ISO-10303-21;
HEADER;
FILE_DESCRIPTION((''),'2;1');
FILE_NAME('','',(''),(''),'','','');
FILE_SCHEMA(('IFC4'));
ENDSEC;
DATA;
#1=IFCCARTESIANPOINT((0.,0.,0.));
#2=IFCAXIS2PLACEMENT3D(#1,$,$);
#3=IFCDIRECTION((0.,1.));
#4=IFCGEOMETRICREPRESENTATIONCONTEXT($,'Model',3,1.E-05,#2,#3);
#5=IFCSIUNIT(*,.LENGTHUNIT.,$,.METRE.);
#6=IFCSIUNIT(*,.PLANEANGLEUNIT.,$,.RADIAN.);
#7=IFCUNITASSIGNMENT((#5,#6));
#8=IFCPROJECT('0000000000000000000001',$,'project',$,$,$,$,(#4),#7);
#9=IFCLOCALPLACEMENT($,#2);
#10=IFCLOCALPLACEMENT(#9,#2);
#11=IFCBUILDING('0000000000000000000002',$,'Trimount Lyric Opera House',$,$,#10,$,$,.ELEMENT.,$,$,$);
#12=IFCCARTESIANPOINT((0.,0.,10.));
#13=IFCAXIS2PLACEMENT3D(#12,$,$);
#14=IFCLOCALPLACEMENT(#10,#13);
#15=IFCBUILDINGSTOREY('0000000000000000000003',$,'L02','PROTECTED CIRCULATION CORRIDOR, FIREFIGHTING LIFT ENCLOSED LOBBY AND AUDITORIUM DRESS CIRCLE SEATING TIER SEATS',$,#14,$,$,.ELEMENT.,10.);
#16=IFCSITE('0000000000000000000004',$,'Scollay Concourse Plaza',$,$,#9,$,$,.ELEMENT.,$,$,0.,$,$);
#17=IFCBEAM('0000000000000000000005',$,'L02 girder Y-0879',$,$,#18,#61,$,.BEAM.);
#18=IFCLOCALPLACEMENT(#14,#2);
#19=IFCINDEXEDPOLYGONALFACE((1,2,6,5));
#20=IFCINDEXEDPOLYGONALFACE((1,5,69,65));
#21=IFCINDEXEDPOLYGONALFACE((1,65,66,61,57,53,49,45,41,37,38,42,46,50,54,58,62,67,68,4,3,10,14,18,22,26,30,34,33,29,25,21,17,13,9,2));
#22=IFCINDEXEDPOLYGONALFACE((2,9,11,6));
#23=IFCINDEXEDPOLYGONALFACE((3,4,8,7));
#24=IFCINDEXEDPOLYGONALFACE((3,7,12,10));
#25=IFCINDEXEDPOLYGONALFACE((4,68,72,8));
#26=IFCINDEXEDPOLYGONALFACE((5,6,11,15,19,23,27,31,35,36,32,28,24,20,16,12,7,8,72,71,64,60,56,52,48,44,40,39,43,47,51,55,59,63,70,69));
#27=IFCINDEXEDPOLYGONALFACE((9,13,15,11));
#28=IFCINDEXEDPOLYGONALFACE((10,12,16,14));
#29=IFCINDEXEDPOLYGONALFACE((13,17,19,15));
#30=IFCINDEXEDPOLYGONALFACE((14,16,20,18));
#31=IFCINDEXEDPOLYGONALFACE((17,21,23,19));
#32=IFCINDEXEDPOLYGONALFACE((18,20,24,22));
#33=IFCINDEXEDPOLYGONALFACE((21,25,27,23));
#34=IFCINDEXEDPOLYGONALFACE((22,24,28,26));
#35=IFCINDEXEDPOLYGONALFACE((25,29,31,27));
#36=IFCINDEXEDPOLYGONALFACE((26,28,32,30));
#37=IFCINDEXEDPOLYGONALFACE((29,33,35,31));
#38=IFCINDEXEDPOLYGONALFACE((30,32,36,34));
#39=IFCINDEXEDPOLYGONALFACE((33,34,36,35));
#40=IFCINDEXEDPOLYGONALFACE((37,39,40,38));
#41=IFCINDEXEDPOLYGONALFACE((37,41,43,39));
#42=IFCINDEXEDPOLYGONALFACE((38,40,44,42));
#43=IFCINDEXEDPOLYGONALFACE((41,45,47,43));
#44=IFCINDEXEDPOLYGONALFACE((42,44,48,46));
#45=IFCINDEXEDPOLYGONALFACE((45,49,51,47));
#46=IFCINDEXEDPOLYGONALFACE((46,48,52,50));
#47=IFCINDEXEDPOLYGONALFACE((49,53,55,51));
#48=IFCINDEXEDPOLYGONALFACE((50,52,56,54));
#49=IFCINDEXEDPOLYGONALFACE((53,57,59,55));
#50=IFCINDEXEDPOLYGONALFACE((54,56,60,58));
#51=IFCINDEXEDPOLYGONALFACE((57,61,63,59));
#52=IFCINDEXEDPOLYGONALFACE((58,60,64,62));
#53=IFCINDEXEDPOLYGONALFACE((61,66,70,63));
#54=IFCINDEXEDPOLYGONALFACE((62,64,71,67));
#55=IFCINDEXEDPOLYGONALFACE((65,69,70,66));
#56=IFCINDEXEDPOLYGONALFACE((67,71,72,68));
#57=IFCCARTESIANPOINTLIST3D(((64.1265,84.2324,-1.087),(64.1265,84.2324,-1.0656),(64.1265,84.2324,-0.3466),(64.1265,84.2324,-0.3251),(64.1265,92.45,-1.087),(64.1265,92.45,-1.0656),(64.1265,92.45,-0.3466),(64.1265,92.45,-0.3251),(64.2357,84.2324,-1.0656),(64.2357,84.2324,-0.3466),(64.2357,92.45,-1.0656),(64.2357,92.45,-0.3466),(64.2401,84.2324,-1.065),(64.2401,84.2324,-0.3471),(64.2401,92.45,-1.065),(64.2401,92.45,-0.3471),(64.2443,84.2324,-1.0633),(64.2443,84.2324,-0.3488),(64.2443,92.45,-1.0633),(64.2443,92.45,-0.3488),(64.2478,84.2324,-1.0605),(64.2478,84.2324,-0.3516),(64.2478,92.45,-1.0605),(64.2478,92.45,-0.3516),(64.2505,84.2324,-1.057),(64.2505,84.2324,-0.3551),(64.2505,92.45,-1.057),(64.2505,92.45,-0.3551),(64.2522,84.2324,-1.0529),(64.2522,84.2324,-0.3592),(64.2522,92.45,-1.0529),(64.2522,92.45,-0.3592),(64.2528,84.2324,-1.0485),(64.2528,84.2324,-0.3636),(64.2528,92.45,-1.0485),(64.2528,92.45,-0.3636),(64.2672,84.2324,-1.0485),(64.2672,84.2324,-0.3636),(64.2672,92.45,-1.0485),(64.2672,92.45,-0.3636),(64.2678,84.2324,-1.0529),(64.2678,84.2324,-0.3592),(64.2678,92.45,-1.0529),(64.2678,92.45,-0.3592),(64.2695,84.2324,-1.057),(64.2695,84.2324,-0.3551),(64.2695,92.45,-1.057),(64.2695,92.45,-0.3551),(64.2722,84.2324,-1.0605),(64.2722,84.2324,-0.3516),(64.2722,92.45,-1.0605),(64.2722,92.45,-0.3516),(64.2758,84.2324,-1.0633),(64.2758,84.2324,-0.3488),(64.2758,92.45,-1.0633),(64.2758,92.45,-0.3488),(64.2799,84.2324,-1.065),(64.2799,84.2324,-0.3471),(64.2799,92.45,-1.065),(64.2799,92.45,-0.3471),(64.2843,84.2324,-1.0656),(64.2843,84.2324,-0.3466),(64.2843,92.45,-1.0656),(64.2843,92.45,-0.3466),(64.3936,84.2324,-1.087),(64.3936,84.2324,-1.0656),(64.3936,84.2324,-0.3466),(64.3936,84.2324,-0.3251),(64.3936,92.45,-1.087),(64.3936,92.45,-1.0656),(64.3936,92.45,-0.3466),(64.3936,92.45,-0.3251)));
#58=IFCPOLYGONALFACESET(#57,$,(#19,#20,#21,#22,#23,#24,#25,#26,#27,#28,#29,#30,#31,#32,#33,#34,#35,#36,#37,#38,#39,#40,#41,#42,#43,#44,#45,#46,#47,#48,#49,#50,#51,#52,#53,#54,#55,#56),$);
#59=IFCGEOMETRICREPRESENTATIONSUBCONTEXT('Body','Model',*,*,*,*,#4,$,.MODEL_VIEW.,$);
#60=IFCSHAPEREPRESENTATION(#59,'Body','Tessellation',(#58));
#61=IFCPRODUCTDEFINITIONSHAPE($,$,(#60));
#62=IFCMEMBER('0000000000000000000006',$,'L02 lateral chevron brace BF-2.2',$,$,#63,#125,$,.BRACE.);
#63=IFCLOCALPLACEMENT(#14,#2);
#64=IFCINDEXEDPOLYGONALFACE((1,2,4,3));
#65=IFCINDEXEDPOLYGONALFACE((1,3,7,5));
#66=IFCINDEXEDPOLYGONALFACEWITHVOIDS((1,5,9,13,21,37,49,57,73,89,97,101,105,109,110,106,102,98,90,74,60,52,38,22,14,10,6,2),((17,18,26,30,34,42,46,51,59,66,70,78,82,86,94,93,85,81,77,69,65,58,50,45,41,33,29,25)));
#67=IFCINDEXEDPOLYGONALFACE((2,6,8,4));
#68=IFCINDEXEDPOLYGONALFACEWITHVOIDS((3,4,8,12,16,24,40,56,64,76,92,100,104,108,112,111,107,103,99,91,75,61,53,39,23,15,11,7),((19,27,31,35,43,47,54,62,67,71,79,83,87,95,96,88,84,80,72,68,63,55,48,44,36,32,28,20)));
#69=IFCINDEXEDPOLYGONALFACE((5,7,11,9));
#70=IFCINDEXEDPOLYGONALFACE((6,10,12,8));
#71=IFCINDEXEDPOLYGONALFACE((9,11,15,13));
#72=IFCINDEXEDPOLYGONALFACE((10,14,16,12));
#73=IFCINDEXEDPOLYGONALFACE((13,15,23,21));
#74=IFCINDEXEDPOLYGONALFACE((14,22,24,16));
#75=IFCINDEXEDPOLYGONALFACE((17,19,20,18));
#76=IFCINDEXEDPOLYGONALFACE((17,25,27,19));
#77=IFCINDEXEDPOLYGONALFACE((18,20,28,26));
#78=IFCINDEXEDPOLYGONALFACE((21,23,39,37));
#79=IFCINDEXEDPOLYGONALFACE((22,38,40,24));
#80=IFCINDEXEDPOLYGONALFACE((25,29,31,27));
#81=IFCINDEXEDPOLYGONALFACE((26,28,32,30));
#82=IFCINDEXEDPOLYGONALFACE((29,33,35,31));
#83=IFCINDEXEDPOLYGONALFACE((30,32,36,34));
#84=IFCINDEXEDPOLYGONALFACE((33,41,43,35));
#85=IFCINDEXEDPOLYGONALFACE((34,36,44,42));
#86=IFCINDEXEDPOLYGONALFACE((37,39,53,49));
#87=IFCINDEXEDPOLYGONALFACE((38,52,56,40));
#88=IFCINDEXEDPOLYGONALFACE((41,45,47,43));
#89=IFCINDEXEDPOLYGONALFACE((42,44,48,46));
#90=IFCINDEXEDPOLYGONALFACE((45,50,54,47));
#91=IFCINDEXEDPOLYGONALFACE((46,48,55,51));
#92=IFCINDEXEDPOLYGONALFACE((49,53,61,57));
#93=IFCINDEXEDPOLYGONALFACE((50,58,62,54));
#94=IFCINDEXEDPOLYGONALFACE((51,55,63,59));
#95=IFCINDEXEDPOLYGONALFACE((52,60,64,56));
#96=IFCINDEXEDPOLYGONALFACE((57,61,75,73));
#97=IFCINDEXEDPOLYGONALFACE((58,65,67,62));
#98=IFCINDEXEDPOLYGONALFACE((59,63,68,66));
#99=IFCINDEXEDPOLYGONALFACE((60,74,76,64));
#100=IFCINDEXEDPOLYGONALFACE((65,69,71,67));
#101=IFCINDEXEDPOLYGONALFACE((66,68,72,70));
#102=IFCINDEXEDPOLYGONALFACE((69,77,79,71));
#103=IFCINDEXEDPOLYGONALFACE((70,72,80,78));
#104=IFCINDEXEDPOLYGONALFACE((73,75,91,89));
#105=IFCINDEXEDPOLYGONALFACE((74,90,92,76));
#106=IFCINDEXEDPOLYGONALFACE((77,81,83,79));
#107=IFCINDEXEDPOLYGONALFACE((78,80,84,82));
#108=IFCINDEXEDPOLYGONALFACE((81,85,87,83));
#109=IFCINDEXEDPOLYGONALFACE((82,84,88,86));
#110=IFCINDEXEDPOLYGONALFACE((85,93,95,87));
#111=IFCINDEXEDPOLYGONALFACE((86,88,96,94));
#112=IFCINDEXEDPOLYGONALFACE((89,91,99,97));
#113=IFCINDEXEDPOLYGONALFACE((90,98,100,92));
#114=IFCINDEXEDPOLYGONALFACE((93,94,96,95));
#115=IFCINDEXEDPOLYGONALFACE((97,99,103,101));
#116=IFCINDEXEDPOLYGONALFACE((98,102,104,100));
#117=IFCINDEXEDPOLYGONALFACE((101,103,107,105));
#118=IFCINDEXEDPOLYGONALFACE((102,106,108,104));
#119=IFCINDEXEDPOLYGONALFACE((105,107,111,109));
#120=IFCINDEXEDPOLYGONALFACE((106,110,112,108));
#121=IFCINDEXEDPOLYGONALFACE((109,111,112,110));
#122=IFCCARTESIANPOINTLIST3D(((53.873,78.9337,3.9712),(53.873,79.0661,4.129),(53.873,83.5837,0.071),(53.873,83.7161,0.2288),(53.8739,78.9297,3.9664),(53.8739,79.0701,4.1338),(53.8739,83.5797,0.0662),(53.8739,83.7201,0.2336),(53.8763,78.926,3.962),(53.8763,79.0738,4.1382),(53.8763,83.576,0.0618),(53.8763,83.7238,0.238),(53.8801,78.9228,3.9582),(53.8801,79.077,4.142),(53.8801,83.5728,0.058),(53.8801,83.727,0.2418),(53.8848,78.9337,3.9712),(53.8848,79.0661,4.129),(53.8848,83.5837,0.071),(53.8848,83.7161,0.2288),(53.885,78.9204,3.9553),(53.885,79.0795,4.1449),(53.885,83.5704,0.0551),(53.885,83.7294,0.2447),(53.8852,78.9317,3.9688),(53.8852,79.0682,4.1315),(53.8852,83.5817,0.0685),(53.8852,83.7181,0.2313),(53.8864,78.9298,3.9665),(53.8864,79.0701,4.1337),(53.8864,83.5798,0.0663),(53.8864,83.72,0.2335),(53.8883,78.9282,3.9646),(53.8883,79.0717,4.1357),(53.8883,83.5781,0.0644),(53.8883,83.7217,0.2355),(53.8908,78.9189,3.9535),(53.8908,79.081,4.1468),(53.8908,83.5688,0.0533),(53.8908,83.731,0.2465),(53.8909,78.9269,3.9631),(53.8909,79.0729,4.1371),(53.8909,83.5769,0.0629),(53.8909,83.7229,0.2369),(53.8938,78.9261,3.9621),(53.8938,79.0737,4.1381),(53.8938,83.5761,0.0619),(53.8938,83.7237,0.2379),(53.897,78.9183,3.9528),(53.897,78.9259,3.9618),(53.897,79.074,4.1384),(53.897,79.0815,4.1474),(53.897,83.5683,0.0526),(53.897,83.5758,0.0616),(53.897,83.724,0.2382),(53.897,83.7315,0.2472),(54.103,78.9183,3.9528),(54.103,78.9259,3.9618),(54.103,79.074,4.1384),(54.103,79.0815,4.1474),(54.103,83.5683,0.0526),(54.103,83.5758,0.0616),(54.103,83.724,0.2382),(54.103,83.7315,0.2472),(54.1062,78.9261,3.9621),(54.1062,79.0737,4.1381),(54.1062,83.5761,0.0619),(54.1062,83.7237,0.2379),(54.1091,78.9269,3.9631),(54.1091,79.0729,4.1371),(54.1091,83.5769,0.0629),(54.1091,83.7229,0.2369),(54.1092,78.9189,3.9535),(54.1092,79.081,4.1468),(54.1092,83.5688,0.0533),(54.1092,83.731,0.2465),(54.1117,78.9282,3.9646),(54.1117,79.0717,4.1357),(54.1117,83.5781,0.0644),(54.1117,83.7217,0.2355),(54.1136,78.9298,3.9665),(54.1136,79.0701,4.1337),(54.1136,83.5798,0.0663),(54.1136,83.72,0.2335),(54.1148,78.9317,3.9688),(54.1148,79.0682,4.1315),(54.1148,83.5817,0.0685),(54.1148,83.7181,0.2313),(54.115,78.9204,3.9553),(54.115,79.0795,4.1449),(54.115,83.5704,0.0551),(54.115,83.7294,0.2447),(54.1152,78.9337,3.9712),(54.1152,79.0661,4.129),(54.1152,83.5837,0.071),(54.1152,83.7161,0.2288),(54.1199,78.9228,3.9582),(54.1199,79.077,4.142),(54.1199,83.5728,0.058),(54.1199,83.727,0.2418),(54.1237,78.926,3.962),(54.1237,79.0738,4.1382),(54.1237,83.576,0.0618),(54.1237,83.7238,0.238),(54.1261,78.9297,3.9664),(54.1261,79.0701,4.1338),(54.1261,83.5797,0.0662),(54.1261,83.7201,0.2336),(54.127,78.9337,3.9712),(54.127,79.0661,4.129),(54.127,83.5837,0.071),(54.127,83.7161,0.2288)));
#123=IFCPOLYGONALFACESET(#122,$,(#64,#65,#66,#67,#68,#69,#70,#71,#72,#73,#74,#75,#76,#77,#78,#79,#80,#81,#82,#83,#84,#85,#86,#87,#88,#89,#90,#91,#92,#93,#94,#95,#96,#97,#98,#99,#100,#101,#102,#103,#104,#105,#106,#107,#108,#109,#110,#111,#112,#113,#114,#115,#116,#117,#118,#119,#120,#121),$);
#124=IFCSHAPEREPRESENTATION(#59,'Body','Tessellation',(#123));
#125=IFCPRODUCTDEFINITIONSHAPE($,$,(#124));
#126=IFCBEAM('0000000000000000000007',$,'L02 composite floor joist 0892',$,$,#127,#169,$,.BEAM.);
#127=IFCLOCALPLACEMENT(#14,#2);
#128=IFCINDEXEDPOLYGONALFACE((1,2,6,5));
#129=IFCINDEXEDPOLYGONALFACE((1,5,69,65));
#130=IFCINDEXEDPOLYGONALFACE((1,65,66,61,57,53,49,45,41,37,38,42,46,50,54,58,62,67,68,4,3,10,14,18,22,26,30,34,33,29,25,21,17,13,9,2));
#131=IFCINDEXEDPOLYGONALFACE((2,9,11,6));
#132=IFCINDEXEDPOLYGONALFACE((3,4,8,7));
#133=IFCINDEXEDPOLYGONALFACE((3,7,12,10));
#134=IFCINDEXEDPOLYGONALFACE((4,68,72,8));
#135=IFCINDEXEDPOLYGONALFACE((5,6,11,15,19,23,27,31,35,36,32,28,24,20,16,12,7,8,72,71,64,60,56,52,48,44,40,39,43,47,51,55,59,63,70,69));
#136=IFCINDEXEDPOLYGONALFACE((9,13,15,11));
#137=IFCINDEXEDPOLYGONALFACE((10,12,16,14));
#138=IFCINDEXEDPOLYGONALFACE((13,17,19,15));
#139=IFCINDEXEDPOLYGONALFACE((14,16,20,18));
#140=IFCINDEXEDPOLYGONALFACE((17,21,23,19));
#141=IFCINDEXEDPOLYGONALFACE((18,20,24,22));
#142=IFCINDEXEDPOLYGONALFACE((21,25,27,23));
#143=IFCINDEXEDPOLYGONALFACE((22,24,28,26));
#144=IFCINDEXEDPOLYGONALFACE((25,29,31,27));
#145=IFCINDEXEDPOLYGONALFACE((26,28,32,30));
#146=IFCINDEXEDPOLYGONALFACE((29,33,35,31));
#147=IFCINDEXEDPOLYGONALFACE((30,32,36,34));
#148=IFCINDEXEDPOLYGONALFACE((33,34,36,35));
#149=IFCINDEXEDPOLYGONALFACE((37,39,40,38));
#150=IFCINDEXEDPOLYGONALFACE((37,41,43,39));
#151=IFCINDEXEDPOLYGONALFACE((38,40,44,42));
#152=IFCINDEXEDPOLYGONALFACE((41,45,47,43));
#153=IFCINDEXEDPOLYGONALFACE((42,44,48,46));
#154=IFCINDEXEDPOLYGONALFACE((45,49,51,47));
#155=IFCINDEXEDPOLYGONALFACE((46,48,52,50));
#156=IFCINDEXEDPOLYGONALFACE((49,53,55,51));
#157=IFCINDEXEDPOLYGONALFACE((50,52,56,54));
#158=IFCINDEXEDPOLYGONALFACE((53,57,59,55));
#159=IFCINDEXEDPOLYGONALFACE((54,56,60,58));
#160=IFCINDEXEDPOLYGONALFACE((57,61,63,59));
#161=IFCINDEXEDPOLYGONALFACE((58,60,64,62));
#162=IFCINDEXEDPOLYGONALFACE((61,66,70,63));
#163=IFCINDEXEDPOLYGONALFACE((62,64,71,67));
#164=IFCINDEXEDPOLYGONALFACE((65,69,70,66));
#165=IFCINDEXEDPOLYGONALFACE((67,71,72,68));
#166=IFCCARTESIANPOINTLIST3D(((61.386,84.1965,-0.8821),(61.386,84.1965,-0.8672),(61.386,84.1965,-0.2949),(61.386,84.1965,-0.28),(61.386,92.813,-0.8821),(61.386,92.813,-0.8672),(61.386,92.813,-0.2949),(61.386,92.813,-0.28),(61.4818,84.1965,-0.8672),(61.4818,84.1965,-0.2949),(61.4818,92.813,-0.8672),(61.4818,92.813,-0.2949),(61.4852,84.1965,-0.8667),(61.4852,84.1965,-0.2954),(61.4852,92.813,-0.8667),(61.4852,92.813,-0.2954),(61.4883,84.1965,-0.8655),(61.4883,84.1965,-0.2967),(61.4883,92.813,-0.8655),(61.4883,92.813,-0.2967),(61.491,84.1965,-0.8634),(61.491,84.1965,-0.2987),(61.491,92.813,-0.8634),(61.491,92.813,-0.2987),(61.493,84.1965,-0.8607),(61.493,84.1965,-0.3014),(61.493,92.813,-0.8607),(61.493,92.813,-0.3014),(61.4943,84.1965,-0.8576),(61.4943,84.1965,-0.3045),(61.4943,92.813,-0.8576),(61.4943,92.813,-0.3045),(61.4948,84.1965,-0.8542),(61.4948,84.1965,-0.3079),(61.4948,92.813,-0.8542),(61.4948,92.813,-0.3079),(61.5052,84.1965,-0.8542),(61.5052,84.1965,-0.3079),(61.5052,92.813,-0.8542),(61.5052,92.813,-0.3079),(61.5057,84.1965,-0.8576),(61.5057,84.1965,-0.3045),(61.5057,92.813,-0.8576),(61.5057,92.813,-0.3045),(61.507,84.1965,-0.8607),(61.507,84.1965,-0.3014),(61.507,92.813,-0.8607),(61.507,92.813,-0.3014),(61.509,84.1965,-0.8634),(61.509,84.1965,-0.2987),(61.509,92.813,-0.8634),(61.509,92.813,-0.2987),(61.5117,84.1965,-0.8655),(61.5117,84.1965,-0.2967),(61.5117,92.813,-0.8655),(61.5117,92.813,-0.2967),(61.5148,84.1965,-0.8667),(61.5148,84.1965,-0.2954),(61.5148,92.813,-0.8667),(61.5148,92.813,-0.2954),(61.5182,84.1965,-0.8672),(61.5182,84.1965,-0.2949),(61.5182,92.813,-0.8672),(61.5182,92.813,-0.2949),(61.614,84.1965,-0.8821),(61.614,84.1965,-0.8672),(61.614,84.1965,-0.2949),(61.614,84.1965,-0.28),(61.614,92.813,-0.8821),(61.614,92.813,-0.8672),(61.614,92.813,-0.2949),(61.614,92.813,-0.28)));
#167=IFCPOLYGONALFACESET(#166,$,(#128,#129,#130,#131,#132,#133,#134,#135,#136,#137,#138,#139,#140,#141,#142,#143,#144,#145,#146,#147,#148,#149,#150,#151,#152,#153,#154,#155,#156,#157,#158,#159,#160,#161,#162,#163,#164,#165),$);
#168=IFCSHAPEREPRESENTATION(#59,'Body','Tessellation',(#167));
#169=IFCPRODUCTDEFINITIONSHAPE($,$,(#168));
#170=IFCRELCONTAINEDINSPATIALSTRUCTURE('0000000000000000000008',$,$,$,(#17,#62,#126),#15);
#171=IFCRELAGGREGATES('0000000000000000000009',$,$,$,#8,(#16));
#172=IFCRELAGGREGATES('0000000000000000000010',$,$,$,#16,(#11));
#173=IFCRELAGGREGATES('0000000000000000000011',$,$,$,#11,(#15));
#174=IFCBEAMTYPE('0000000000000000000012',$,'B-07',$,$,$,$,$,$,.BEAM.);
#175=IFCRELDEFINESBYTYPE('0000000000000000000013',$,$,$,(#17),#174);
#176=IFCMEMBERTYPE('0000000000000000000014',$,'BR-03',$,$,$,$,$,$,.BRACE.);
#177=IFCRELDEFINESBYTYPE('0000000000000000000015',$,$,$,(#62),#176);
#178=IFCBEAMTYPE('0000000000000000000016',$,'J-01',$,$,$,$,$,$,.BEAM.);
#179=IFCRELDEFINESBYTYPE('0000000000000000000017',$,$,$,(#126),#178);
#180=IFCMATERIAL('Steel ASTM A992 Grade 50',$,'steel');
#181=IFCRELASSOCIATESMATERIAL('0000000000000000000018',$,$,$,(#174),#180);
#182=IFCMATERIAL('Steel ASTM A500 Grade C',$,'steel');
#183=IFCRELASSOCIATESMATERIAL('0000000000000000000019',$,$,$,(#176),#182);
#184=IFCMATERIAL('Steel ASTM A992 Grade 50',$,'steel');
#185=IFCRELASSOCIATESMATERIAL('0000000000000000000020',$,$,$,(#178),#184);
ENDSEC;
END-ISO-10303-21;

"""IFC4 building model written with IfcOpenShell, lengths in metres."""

from ifc_helpers import new_model, si_unit, direction, frame, origin, origin_2d, place, context, subcontext, project, spatial, hollow_rectangle, i_section, extrude, material, material_profile, profile_set, type_object, element, save


model = new_model("IFC4")

# Units and contexts
model_context = context("Model", 3, precision=1e-05, world=origin(), true_north=direction((0.0, 1.0)))
body_context = subcontext(model_context, "Body", "Model", "MODEL_VIEW")
ifc_project = project(units=[si_unit("LENGTHUNIT", "METRE"), si_unit("PLANEANGLEUNIT", "RADIAN")], contexts=[model_context])

# Site, building, storey
site_placement = place(None, origin())
site = spatial("IfcSite", under=ifc_project, at=site_placement, Name="Scollay Concourse Plaza", CompositionType="ELEMENT", RefElevation=0.0)
building_placement = place(site_placement, origin())
building = spatial("IfcBuilding", under=site, at=building_placement, Name="Trimount Lyric Opera House", CompositionType="ELEMENT")
storey_placement = place(building_placement, frame((0.0, 0.0, 10.0)))
storey = spatial("IfcBuildingStorey", under=building, at=storey_placement, Name="L02", Description="PROTECTED CIRCULATION CORRIDOR, FIREFIGHTING LIFT ENCLOSED LOBBY AND AUDITORIUM DRESS CIRCLE SEATING TIER SEATS", CompositionType="ELEMENT", Elevation=10.0)

# Beam
ifc_material_1 = material(Name="Steel ASTM A992 Grade 50", Category="steel")
ifc_material_profile_1 = material_profile(ifc_material_1, i_section(OverallWidth=0.2671, OverallDepth=0.762, WebThickness=0.0144, FlangeThickness=0.0215, FilletRadius=0.0171, at=origin_2d()), Name="W30X116")
ifc_profile_set_1 = profile_set([ifc_material_profile_1], Name="Steel ASTM A992 Grade 50")
beam_type_1 = type_object("IfcBeamType", Name="B-07", PredefinedType="BEAM", material=ifc_profile_set_1)
beam_1_placement = place(storey_placement, frame((64.26, 84.2324, -0.7061), z_axis=(0.0, 1.0, 0.0), x_axis=(-1.0, 0.0, 0.0)))
element("IfcBeam", 1, at=beam_1_placement, inside=storey, type_object=beam_type_1, Name="L02 girder Y-0879", PredefinedType="BEAM", context=body_context, shape_type="SweptSolid", body=[
    extrude(i_section(OverallWidth=0.2671, OverallDepth=0.762, WebThickness=0.0144, FlangeThickness=0.0215, FilletRadius=0.0171, at=origin_2d()), origin(), (0.0, 0.0, 1.0), 8.2175),
])

# Member
ifc_material_2 = material(Name="Steel ASTM A500 Grade C", Category="steel")
ifc_material_profile_2 = material_profile(ifc_material_2, hollow_rectangle(XDim=0.2539, YDim=0.2539, WallThickness=0.0117, InnerFilletRadius=0.0122, OuterFilletRadius=0.0239, at=origin_2d()), Name="HSS254.0X254.0X12.7")
ifc_profile_set_2 = profile_set([ifc_material_profile_2], Name="Steel ASTM A500 Grade C")
member_type = type_object("IfcMemberType", Name="BR-03", PredefinedType="BRACE", material=ifc_profile_set_2)
member_placement = place(storey_placement, frame((54.0, 83.6499, 0.1499), z_axis=(0.0, -0.766173, 0.642634), x_axis=(1.0, 0.0, 0.0)))
element("IfcMember", 2, at=member_placement, inside=storey, type_object=member_type, Name="L02 lateral chevron brace BF-2.2", PredefinedType="BRACE", context=body_context, shape_type="SweptSolid", body=[
    extrude(hollow_rectangle(XDim=0.2539, YDim=0.2539, WallThickness=0.0117, InnerFilletRadius=0.0122, OuterFilletRadius=0.0239, at=origin_2d()), origin(), (0.0, 0.0, 1.0), 6.0691),
])

# Beam
ifc_material_3 = material(Name="Steel ASTM A992 Grade 50", Category="steel")
ifc_material_profile_3 = material_profile(ifc_material_3, i_section(OverallWidth=0.228, OverallDepth=0.6021, WebThickness=0.0105, FlangeThickness=0.0149, FilletRadius=0.0129, at=origin_2d()), Name="W24X68")
ifc_profile_set_3 = profile_set([ifc_material_profile_3], Name="Steel ASTM A992 Grade 50")
beam_type_2 = type_object("IfcBeamType", Name="J-01", PredefinedType="BEAM", material=ifc_profile_set_3)
beam_2_placement = place(storey_placement, frame((61.5, 84.1965, -0.5811), z_axis=(0.0, 1.0, 0.0), x_axis=(-1.0, 0.0, 0.0)))
element("IfcBeam", 3, at=beam_2_placement, inside=storey, type_object=beam_type_2, Name="L02 composite floor joist 0892", PredefinedType="BEAM", context=body_context, shape_type="SweptSolid", body=[
    extrude(i_section(OverallWidth=0.228, OverallDepth=0.6021, WebThickness=0.0105, FlangeThickness=0.0149, FilletRadius=0.0129, at=origin_2d()), origin(), (0.0, 0.0, 1.0), 8.6165),
])

save(model, "model.ifc")
